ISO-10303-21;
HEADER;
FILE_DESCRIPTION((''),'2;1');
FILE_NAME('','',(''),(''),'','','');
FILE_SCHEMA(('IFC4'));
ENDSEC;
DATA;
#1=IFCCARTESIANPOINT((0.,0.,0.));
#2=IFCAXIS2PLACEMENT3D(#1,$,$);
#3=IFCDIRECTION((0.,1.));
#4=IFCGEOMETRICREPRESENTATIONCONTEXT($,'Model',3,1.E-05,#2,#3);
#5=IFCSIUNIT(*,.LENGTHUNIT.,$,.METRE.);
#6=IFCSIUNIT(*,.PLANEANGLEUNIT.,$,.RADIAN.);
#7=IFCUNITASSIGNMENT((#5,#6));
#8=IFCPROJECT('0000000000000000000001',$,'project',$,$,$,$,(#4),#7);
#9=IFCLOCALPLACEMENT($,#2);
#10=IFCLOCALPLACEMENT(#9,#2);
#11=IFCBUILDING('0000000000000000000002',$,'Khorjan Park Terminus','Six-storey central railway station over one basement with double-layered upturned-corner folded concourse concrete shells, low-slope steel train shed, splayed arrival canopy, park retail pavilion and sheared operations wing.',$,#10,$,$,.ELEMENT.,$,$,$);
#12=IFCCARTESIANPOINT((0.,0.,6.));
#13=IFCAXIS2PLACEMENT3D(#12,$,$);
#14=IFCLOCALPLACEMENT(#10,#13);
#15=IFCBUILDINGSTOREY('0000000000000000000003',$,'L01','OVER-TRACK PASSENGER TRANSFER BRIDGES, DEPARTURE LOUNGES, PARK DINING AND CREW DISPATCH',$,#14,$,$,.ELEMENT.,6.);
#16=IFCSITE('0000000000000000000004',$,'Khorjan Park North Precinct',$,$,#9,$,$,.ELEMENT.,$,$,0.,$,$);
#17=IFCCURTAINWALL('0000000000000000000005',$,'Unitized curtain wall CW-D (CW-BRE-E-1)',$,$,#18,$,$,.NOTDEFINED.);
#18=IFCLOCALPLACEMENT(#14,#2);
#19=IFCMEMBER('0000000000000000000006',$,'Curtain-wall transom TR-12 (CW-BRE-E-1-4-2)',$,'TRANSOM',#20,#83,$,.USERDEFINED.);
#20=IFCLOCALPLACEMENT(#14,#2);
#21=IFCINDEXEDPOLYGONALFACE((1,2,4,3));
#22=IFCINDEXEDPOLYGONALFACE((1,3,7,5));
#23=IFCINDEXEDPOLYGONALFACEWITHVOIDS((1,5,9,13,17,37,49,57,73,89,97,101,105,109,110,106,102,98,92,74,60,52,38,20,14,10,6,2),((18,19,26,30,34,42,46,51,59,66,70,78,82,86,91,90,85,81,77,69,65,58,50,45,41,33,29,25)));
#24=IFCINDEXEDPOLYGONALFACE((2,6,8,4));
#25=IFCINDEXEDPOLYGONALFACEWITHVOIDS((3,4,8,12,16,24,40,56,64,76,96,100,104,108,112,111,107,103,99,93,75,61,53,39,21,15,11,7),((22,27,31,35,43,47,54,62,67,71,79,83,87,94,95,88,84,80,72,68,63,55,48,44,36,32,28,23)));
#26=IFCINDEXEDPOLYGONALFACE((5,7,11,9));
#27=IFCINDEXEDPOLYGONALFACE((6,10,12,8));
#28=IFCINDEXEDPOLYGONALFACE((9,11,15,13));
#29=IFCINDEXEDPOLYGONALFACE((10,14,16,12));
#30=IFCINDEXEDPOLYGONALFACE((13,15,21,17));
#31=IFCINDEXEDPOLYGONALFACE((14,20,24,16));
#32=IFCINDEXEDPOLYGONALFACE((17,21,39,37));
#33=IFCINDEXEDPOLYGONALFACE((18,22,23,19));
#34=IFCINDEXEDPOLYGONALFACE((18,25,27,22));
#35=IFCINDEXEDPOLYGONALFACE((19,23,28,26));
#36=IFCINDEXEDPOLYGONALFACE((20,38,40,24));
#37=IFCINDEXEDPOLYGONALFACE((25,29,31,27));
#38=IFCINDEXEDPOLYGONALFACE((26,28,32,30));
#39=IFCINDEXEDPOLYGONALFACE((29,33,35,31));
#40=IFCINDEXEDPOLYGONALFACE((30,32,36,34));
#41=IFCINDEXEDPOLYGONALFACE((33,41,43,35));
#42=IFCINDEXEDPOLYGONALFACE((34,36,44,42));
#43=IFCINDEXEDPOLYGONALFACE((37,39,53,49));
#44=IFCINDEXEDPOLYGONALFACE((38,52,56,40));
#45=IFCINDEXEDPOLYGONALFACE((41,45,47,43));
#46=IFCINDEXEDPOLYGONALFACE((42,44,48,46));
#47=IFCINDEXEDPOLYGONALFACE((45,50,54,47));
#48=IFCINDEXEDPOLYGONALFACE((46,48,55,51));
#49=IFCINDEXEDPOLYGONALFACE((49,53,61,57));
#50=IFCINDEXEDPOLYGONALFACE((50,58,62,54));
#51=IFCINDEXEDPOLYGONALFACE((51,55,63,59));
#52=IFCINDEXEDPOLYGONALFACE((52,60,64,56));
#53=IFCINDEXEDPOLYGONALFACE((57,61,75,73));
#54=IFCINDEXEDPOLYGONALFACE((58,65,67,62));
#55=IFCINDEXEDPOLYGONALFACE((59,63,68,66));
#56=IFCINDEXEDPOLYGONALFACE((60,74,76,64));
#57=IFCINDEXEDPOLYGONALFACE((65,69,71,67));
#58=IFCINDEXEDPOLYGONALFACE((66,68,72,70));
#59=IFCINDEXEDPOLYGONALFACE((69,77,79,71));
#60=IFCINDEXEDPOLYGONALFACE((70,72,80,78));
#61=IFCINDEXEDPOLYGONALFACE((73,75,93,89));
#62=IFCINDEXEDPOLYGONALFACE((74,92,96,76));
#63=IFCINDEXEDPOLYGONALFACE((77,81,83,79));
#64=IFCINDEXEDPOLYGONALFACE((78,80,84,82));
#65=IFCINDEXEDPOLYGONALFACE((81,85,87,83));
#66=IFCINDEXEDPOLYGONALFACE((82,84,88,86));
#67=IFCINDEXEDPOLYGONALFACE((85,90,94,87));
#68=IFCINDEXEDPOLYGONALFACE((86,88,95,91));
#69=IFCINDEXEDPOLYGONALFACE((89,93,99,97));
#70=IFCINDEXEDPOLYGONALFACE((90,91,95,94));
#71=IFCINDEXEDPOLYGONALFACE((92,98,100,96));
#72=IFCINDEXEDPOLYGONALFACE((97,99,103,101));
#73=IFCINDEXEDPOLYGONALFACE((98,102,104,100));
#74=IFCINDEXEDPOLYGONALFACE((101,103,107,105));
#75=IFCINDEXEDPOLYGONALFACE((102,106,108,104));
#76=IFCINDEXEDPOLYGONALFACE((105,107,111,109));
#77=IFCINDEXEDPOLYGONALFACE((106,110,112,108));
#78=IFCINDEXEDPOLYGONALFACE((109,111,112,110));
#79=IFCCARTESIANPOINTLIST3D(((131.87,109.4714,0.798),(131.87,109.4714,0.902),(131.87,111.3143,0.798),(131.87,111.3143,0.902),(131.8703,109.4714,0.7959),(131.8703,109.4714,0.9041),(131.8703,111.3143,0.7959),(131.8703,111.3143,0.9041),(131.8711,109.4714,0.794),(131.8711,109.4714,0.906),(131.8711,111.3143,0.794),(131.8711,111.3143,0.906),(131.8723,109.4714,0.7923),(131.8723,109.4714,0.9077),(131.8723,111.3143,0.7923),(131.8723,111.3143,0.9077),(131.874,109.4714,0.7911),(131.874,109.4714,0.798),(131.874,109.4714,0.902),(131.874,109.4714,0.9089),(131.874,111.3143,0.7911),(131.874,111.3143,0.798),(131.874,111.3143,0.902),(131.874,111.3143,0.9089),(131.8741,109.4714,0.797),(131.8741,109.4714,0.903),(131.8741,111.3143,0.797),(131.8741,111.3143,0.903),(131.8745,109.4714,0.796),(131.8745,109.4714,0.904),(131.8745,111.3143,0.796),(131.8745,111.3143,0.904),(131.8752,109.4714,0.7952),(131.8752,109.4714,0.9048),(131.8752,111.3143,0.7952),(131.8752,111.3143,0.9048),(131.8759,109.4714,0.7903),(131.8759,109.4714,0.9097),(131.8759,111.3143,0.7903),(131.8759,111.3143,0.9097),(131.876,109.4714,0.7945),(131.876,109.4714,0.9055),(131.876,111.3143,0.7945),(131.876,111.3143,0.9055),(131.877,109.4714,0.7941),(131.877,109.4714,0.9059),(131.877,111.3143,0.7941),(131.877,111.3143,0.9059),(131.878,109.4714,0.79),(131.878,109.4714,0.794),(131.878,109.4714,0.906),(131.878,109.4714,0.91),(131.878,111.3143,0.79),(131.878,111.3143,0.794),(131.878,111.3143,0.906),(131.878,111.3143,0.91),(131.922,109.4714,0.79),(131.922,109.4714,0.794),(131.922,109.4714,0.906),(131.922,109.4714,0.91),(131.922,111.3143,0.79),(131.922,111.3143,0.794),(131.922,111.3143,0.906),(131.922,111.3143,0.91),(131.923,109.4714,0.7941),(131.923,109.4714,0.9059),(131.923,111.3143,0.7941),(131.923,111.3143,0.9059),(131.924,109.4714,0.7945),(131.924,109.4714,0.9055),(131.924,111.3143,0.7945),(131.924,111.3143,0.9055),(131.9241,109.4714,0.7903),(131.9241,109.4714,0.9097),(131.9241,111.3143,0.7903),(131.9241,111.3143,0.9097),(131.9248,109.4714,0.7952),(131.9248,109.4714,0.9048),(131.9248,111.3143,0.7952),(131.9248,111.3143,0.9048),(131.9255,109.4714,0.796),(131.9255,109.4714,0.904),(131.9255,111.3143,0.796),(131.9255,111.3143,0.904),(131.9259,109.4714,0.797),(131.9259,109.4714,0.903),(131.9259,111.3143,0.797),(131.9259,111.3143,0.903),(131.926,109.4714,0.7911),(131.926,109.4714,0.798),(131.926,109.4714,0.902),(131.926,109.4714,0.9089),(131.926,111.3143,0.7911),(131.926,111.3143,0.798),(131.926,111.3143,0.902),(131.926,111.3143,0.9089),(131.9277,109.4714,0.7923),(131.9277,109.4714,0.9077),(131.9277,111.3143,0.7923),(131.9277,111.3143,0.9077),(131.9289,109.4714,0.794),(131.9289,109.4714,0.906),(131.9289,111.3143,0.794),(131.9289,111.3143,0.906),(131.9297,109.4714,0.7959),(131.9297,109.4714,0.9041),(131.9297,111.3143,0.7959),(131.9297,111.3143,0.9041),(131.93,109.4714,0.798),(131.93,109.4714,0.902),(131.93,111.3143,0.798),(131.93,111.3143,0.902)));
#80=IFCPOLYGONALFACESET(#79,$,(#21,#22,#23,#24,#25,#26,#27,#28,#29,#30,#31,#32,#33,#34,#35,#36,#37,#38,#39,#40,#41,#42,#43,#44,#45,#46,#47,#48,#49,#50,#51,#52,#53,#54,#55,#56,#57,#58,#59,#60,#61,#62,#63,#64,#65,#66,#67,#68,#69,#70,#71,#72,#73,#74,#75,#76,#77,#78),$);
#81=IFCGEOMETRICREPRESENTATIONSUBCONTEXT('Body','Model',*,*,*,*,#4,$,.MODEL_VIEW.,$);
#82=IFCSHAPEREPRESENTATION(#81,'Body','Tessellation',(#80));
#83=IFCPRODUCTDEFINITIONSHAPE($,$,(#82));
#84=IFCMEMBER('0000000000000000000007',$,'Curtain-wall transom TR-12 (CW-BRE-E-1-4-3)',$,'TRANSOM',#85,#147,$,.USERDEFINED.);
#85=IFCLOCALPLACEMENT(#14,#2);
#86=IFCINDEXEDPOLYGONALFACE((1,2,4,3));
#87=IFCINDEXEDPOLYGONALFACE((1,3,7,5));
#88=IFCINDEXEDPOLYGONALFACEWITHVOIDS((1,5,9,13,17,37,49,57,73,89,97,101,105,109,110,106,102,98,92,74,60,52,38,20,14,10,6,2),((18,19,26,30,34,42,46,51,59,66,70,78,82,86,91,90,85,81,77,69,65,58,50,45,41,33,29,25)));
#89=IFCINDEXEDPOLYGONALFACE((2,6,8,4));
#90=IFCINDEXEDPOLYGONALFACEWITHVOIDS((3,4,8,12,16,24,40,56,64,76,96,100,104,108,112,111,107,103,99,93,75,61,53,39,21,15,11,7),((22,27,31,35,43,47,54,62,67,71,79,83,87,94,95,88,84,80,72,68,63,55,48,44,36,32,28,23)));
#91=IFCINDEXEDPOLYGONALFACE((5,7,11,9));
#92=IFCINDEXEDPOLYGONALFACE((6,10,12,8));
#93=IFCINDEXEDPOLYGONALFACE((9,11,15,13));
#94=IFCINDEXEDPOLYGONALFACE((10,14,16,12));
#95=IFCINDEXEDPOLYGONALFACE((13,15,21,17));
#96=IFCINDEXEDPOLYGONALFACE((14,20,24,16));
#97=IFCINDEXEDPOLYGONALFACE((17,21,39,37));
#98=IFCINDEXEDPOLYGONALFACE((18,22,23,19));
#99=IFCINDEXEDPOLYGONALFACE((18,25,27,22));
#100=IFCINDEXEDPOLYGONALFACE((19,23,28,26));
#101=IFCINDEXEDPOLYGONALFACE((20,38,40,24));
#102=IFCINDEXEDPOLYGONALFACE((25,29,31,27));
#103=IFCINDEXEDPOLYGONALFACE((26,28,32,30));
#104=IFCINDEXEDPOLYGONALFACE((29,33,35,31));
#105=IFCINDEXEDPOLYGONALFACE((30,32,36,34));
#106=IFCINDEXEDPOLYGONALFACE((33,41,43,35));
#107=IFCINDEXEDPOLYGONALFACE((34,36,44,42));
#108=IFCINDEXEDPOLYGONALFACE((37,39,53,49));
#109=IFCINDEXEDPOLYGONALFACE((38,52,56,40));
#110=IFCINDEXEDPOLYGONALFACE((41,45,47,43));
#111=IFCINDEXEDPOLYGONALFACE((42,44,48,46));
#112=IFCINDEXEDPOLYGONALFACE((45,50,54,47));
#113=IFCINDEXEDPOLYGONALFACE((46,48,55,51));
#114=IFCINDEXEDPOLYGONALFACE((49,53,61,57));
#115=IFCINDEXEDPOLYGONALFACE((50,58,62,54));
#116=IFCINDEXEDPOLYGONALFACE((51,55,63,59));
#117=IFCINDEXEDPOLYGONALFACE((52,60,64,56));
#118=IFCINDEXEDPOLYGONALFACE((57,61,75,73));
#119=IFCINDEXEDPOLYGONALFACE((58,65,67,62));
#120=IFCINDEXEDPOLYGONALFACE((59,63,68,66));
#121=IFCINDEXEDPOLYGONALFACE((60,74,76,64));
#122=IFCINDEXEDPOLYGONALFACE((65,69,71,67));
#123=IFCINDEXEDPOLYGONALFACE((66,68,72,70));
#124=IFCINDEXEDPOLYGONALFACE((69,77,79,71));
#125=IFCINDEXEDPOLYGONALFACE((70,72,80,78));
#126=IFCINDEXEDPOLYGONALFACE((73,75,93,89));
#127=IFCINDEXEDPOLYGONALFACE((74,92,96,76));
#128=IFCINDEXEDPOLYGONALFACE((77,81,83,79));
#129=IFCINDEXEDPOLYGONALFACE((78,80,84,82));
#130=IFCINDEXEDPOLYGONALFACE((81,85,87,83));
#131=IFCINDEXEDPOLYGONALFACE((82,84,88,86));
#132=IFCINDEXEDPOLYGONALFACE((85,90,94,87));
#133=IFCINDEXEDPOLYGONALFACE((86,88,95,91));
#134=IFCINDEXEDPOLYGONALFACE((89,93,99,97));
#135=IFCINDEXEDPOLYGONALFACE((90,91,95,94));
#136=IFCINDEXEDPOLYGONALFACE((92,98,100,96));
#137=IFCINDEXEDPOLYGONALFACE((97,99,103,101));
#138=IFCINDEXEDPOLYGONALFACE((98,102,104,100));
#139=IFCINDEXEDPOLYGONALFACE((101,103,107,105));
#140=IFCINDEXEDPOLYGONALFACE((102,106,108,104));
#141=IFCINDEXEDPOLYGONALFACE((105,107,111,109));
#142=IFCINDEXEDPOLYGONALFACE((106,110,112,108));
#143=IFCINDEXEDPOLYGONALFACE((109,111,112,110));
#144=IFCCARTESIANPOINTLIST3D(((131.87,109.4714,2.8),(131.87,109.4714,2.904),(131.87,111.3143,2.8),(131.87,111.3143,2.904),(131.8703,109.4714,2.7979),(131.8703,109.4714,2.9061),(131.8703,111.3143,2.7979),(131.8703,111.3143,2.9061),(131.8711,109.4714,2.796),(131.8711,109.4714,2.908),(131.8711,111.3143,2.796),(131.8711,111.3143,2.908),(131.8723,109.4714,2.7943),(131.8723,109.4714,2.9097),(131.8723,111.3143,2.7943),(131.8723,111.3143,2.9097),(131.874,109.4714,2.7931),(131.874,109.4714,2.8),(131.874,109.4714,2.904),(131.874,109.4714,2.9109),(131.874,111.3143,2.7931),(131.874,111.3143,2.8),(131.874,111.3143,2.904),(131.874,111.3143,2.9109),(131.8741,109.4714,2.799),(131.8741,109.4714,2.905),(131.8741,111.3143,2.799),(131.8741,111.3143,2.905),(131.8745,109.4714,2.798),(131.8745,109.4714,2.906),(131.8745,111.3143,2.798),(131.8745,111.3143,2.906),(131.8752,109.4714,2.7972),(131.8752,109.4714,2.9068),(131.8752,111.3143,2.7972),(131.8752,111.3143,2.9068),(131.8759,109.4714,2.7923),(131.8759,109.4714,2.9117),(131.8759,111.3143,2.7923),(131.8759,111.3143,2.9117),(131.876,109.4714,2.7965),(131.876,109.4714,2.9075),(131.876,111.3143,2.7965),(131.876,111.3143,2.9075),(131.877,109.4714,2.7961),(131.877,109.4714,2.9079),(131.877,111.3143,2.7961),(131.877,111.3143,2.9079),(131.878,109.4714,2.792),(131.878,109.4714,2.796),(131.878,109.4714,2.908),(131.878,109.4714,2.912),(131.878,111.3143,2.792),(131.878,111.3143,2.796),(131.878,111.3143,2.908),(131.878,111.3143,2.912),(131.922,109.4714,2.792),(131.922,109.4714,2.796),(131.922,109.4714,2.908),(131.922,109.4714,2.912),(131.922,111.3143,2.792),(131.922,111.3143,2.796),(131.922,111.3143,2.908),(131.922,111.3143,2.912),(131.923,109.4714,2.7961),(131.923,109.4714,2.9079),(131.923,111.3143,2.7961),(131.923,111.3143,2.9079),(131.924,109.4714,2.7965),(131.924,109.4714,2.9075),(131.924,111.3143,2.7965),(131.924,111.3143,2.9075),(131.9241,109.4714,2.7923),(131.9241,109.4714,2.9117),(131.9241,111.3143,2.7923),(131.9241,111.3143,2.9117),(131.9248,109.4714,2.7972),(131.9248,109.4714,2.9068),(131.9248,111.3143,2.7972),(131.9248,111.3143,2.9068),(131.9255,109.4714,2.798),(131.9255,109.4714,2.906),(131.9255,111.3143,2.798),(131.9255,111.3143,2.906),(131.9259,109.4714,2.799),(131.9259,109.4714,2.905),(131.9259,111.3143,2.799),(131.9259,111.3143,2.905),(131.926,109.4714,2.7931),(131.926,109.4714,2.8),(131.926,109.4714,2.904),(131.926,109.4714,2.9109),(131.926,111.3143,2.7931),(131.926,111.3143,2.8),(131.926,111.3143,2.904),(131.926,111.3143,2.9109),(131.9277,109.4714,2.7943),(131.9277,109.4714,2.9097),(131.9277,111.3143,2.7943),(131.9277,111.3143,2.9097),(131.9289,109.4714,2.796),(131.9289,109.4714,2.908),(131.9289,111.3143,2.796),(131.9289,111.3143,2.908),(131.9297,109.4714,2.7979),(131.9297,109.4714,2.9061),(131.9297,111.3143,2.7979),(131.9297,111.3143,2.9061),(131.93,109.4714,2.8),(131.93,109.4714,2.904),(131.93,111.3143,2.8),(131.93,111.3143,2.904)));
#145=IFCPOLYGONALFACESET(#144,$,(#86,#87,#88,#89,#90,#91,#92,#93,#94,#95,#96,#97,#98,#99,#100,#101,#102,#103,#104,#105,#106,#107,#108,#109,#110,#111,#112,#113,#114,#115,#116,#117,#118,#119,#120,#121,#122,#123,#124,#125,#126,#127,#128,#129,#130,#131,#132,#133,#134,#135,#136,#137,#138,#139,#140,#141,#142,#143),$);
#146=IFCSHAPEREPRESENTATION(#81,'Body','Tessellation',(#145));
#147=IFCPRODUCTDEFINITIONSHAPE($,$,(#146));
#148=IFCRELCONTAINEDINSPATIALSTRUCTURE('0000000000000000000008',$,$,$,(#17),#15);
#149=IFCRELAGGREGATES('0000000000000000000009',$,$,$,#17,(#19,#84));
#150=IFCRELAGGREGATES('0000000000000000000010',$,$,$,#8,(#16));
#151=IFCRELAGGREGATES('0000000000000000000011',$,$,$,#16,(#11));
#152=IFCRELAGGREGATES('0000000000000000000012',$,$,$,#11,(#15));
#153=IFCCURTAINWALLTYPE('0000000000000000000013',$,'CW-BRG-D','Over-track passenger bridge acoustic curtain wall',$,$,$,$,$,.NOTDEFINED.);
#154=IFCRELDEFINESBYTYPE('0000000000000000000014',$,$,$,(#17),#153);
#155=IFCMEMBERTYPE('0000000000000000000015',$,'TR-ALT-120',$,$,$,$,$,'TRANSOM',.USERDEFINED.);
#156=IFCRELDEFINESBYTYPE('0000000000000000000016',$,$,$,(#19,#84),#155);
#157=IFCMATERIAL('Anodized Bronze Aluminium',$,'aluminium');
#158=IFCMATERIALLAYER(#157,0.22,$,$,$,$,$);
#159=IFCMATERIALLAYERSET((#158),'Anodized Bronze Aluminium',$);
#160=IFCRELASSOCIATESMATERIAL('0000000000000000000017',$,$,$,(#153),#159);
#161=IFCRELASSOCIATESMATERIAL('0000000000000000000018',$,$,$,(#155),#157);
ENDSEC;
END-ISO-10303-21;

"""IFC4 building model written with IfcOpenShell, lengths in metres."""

from ifc_helpers import new_model, si_unit, direction, frame, origin, origin_2d, place, context, subcontext, project, spatial, hollow_rectangle, extrude, material, layer, layer_set, material_profile, profile_set, type_object, element, aggregate, save


model = new_model("IFC4")

# Units and contexts
model_context = context("Model", 3, precision=1e-05, world=origin(), true_north=direction((0.0, 1.0)))
body_context = subcontext(model_context, "Body", "Model", "MODEL_VIEW")
ifc_project = project(units=[si_unit("LENGTHUNIT", "METRE"), si_unit("PLANEANGLEUNIT", "RADIAN")], contexts=[model_context])

# Site, building, storey
site_placement = place(None, origin())
site = spatial("IfcSite", under=ifc_project, at=site_placement, Name="Khorjan Park North Precinct", CompositionType="ELEMENT", RefElevation=0.0)
building_placement = place(site_placement, origin())
building = spatial("IfcBuilding", under=site, at=building_placement, Name="Khorjan Park Terminus", Description="Six-storey central railway station over one basement with double-layered upturned-corner folded concourse concrete shells, low-slope steel train shed, splayed arrival canopy, park retail pavilion and sheared operations wing.", CompositionType="ELEMENT")
storey_placement = place(building_placement, frame((0.0, 0.0, 6.0)))
storey = spatial("IfcBuildingStorey", under=building, at=storey_placement, Name="L01", Description="OVER-TRACK PASSENGER TRANSFER BRIDGES, DEPARTURE LOUNGES, PARK DINING AND CREW DISPATCH", CompositionType="ELEMENT", Elevation=6.0)

# Curtain wall, members
ifc_material_1 = material(Name="Anodized Bronze Aluminium", Category="aluminium")
ifc_layer_1 = layer(ifc_material_1, 0.22)
ifc_layer_set_1 = layer_set([ifc_layer_1], Name="Anodized Bronze Aluminium")
curtain_wall_type = type_object("IfcCurtainWallType", Name="CW-BRG-D", Description="Over-track passenger bridge acoustic curtain wall", PredefinedType="NOTDEFINED", material=ifc_layer_set_1)
curtain_wall_1_placement = place(storey_placement, origin())
curtain_wall_1 = element("IfcCurtainWall", 1, at=curtain_wall_1_placement, inside=storey, type_object=curtain_wall_type, Name="Unitized curtain wall CW-D (CW-BRE-E-1)", PredefinedType="NOTDEFINED")
ifc_material_profile_1 = material_profile(ifc_material_1, hollow_rectangle(XDim=0.06, YDim=0.12, WallThickness=0.004, InnerFilletRadius=0.004, OuterFilletRadius=0.008, at=origin_2d()), Name="ALT 60x120x4")
ifc_profile_set_1 = profile_set([ifc_material_profile_1], Name="Anodized Bronze Aluminium")
member_type_1 = type_object("IfcMemberType", Name="TR-ALT-120", ElementType="TRANSOM", PredefinedType="USERDEFINED", material=ifc_profile_set_1)
member_1_placement = place(storey_placement, frame((131.9, 109.4714, 0.85), z_axis=(0.0, 1.0, 0.0), x_axis=(-1.0, 0.0, 0.0)))
member_1 = element("IfcMember", 2, at=member_1_placement, type_object=member_type_1, Name="Curtain-wall transom TR-12 (CW-BRE-E-1-4-2)", ObjectType="TRANSOM", PredefinedType="USERDEFINED", context=body_context, shape_type="SweptSolid", body=[
    extrude(hollow_rectangle(XDim=0.06, YDim=0.12, WallThickness=0.004, InnerFilletRadius=0.004, OuterFilletRadius=0.008, at=origin_2d()), origin(), (0.0, 0.0, 1.0), 1.8429),
])
member_2_placement = place(storey_placement, frame((131.9, 109.4714, 2.852), z_axis=(0.0, 1.0, 0.0), x_axis=(-1.0, 0.0, 0.0)))
member_2 = element("IfcMember", 3, at=member_2_placement, type_object=member_type_1, Name="Curtain-wall transom TR-12 (CW-BRE-E-1-4-3)", ObjectType="TRANSOM", PredefinedType="USERDEFINED", context=body_context, shape_type="SweptSolid", body=[
    extrude(hollow_rectangle(XDim=0.06, YDim=0.12, WallThickness=0.004, InnerFilletRadius=0.004, OuterFilletRadius=0.008, at=origin_2d()), origin(), (0.0, 0.0, 1.0), 1.8429),
])

aggregate(curtain_wall_1, [member_1, member_2])

save(model, "model.ifc")
